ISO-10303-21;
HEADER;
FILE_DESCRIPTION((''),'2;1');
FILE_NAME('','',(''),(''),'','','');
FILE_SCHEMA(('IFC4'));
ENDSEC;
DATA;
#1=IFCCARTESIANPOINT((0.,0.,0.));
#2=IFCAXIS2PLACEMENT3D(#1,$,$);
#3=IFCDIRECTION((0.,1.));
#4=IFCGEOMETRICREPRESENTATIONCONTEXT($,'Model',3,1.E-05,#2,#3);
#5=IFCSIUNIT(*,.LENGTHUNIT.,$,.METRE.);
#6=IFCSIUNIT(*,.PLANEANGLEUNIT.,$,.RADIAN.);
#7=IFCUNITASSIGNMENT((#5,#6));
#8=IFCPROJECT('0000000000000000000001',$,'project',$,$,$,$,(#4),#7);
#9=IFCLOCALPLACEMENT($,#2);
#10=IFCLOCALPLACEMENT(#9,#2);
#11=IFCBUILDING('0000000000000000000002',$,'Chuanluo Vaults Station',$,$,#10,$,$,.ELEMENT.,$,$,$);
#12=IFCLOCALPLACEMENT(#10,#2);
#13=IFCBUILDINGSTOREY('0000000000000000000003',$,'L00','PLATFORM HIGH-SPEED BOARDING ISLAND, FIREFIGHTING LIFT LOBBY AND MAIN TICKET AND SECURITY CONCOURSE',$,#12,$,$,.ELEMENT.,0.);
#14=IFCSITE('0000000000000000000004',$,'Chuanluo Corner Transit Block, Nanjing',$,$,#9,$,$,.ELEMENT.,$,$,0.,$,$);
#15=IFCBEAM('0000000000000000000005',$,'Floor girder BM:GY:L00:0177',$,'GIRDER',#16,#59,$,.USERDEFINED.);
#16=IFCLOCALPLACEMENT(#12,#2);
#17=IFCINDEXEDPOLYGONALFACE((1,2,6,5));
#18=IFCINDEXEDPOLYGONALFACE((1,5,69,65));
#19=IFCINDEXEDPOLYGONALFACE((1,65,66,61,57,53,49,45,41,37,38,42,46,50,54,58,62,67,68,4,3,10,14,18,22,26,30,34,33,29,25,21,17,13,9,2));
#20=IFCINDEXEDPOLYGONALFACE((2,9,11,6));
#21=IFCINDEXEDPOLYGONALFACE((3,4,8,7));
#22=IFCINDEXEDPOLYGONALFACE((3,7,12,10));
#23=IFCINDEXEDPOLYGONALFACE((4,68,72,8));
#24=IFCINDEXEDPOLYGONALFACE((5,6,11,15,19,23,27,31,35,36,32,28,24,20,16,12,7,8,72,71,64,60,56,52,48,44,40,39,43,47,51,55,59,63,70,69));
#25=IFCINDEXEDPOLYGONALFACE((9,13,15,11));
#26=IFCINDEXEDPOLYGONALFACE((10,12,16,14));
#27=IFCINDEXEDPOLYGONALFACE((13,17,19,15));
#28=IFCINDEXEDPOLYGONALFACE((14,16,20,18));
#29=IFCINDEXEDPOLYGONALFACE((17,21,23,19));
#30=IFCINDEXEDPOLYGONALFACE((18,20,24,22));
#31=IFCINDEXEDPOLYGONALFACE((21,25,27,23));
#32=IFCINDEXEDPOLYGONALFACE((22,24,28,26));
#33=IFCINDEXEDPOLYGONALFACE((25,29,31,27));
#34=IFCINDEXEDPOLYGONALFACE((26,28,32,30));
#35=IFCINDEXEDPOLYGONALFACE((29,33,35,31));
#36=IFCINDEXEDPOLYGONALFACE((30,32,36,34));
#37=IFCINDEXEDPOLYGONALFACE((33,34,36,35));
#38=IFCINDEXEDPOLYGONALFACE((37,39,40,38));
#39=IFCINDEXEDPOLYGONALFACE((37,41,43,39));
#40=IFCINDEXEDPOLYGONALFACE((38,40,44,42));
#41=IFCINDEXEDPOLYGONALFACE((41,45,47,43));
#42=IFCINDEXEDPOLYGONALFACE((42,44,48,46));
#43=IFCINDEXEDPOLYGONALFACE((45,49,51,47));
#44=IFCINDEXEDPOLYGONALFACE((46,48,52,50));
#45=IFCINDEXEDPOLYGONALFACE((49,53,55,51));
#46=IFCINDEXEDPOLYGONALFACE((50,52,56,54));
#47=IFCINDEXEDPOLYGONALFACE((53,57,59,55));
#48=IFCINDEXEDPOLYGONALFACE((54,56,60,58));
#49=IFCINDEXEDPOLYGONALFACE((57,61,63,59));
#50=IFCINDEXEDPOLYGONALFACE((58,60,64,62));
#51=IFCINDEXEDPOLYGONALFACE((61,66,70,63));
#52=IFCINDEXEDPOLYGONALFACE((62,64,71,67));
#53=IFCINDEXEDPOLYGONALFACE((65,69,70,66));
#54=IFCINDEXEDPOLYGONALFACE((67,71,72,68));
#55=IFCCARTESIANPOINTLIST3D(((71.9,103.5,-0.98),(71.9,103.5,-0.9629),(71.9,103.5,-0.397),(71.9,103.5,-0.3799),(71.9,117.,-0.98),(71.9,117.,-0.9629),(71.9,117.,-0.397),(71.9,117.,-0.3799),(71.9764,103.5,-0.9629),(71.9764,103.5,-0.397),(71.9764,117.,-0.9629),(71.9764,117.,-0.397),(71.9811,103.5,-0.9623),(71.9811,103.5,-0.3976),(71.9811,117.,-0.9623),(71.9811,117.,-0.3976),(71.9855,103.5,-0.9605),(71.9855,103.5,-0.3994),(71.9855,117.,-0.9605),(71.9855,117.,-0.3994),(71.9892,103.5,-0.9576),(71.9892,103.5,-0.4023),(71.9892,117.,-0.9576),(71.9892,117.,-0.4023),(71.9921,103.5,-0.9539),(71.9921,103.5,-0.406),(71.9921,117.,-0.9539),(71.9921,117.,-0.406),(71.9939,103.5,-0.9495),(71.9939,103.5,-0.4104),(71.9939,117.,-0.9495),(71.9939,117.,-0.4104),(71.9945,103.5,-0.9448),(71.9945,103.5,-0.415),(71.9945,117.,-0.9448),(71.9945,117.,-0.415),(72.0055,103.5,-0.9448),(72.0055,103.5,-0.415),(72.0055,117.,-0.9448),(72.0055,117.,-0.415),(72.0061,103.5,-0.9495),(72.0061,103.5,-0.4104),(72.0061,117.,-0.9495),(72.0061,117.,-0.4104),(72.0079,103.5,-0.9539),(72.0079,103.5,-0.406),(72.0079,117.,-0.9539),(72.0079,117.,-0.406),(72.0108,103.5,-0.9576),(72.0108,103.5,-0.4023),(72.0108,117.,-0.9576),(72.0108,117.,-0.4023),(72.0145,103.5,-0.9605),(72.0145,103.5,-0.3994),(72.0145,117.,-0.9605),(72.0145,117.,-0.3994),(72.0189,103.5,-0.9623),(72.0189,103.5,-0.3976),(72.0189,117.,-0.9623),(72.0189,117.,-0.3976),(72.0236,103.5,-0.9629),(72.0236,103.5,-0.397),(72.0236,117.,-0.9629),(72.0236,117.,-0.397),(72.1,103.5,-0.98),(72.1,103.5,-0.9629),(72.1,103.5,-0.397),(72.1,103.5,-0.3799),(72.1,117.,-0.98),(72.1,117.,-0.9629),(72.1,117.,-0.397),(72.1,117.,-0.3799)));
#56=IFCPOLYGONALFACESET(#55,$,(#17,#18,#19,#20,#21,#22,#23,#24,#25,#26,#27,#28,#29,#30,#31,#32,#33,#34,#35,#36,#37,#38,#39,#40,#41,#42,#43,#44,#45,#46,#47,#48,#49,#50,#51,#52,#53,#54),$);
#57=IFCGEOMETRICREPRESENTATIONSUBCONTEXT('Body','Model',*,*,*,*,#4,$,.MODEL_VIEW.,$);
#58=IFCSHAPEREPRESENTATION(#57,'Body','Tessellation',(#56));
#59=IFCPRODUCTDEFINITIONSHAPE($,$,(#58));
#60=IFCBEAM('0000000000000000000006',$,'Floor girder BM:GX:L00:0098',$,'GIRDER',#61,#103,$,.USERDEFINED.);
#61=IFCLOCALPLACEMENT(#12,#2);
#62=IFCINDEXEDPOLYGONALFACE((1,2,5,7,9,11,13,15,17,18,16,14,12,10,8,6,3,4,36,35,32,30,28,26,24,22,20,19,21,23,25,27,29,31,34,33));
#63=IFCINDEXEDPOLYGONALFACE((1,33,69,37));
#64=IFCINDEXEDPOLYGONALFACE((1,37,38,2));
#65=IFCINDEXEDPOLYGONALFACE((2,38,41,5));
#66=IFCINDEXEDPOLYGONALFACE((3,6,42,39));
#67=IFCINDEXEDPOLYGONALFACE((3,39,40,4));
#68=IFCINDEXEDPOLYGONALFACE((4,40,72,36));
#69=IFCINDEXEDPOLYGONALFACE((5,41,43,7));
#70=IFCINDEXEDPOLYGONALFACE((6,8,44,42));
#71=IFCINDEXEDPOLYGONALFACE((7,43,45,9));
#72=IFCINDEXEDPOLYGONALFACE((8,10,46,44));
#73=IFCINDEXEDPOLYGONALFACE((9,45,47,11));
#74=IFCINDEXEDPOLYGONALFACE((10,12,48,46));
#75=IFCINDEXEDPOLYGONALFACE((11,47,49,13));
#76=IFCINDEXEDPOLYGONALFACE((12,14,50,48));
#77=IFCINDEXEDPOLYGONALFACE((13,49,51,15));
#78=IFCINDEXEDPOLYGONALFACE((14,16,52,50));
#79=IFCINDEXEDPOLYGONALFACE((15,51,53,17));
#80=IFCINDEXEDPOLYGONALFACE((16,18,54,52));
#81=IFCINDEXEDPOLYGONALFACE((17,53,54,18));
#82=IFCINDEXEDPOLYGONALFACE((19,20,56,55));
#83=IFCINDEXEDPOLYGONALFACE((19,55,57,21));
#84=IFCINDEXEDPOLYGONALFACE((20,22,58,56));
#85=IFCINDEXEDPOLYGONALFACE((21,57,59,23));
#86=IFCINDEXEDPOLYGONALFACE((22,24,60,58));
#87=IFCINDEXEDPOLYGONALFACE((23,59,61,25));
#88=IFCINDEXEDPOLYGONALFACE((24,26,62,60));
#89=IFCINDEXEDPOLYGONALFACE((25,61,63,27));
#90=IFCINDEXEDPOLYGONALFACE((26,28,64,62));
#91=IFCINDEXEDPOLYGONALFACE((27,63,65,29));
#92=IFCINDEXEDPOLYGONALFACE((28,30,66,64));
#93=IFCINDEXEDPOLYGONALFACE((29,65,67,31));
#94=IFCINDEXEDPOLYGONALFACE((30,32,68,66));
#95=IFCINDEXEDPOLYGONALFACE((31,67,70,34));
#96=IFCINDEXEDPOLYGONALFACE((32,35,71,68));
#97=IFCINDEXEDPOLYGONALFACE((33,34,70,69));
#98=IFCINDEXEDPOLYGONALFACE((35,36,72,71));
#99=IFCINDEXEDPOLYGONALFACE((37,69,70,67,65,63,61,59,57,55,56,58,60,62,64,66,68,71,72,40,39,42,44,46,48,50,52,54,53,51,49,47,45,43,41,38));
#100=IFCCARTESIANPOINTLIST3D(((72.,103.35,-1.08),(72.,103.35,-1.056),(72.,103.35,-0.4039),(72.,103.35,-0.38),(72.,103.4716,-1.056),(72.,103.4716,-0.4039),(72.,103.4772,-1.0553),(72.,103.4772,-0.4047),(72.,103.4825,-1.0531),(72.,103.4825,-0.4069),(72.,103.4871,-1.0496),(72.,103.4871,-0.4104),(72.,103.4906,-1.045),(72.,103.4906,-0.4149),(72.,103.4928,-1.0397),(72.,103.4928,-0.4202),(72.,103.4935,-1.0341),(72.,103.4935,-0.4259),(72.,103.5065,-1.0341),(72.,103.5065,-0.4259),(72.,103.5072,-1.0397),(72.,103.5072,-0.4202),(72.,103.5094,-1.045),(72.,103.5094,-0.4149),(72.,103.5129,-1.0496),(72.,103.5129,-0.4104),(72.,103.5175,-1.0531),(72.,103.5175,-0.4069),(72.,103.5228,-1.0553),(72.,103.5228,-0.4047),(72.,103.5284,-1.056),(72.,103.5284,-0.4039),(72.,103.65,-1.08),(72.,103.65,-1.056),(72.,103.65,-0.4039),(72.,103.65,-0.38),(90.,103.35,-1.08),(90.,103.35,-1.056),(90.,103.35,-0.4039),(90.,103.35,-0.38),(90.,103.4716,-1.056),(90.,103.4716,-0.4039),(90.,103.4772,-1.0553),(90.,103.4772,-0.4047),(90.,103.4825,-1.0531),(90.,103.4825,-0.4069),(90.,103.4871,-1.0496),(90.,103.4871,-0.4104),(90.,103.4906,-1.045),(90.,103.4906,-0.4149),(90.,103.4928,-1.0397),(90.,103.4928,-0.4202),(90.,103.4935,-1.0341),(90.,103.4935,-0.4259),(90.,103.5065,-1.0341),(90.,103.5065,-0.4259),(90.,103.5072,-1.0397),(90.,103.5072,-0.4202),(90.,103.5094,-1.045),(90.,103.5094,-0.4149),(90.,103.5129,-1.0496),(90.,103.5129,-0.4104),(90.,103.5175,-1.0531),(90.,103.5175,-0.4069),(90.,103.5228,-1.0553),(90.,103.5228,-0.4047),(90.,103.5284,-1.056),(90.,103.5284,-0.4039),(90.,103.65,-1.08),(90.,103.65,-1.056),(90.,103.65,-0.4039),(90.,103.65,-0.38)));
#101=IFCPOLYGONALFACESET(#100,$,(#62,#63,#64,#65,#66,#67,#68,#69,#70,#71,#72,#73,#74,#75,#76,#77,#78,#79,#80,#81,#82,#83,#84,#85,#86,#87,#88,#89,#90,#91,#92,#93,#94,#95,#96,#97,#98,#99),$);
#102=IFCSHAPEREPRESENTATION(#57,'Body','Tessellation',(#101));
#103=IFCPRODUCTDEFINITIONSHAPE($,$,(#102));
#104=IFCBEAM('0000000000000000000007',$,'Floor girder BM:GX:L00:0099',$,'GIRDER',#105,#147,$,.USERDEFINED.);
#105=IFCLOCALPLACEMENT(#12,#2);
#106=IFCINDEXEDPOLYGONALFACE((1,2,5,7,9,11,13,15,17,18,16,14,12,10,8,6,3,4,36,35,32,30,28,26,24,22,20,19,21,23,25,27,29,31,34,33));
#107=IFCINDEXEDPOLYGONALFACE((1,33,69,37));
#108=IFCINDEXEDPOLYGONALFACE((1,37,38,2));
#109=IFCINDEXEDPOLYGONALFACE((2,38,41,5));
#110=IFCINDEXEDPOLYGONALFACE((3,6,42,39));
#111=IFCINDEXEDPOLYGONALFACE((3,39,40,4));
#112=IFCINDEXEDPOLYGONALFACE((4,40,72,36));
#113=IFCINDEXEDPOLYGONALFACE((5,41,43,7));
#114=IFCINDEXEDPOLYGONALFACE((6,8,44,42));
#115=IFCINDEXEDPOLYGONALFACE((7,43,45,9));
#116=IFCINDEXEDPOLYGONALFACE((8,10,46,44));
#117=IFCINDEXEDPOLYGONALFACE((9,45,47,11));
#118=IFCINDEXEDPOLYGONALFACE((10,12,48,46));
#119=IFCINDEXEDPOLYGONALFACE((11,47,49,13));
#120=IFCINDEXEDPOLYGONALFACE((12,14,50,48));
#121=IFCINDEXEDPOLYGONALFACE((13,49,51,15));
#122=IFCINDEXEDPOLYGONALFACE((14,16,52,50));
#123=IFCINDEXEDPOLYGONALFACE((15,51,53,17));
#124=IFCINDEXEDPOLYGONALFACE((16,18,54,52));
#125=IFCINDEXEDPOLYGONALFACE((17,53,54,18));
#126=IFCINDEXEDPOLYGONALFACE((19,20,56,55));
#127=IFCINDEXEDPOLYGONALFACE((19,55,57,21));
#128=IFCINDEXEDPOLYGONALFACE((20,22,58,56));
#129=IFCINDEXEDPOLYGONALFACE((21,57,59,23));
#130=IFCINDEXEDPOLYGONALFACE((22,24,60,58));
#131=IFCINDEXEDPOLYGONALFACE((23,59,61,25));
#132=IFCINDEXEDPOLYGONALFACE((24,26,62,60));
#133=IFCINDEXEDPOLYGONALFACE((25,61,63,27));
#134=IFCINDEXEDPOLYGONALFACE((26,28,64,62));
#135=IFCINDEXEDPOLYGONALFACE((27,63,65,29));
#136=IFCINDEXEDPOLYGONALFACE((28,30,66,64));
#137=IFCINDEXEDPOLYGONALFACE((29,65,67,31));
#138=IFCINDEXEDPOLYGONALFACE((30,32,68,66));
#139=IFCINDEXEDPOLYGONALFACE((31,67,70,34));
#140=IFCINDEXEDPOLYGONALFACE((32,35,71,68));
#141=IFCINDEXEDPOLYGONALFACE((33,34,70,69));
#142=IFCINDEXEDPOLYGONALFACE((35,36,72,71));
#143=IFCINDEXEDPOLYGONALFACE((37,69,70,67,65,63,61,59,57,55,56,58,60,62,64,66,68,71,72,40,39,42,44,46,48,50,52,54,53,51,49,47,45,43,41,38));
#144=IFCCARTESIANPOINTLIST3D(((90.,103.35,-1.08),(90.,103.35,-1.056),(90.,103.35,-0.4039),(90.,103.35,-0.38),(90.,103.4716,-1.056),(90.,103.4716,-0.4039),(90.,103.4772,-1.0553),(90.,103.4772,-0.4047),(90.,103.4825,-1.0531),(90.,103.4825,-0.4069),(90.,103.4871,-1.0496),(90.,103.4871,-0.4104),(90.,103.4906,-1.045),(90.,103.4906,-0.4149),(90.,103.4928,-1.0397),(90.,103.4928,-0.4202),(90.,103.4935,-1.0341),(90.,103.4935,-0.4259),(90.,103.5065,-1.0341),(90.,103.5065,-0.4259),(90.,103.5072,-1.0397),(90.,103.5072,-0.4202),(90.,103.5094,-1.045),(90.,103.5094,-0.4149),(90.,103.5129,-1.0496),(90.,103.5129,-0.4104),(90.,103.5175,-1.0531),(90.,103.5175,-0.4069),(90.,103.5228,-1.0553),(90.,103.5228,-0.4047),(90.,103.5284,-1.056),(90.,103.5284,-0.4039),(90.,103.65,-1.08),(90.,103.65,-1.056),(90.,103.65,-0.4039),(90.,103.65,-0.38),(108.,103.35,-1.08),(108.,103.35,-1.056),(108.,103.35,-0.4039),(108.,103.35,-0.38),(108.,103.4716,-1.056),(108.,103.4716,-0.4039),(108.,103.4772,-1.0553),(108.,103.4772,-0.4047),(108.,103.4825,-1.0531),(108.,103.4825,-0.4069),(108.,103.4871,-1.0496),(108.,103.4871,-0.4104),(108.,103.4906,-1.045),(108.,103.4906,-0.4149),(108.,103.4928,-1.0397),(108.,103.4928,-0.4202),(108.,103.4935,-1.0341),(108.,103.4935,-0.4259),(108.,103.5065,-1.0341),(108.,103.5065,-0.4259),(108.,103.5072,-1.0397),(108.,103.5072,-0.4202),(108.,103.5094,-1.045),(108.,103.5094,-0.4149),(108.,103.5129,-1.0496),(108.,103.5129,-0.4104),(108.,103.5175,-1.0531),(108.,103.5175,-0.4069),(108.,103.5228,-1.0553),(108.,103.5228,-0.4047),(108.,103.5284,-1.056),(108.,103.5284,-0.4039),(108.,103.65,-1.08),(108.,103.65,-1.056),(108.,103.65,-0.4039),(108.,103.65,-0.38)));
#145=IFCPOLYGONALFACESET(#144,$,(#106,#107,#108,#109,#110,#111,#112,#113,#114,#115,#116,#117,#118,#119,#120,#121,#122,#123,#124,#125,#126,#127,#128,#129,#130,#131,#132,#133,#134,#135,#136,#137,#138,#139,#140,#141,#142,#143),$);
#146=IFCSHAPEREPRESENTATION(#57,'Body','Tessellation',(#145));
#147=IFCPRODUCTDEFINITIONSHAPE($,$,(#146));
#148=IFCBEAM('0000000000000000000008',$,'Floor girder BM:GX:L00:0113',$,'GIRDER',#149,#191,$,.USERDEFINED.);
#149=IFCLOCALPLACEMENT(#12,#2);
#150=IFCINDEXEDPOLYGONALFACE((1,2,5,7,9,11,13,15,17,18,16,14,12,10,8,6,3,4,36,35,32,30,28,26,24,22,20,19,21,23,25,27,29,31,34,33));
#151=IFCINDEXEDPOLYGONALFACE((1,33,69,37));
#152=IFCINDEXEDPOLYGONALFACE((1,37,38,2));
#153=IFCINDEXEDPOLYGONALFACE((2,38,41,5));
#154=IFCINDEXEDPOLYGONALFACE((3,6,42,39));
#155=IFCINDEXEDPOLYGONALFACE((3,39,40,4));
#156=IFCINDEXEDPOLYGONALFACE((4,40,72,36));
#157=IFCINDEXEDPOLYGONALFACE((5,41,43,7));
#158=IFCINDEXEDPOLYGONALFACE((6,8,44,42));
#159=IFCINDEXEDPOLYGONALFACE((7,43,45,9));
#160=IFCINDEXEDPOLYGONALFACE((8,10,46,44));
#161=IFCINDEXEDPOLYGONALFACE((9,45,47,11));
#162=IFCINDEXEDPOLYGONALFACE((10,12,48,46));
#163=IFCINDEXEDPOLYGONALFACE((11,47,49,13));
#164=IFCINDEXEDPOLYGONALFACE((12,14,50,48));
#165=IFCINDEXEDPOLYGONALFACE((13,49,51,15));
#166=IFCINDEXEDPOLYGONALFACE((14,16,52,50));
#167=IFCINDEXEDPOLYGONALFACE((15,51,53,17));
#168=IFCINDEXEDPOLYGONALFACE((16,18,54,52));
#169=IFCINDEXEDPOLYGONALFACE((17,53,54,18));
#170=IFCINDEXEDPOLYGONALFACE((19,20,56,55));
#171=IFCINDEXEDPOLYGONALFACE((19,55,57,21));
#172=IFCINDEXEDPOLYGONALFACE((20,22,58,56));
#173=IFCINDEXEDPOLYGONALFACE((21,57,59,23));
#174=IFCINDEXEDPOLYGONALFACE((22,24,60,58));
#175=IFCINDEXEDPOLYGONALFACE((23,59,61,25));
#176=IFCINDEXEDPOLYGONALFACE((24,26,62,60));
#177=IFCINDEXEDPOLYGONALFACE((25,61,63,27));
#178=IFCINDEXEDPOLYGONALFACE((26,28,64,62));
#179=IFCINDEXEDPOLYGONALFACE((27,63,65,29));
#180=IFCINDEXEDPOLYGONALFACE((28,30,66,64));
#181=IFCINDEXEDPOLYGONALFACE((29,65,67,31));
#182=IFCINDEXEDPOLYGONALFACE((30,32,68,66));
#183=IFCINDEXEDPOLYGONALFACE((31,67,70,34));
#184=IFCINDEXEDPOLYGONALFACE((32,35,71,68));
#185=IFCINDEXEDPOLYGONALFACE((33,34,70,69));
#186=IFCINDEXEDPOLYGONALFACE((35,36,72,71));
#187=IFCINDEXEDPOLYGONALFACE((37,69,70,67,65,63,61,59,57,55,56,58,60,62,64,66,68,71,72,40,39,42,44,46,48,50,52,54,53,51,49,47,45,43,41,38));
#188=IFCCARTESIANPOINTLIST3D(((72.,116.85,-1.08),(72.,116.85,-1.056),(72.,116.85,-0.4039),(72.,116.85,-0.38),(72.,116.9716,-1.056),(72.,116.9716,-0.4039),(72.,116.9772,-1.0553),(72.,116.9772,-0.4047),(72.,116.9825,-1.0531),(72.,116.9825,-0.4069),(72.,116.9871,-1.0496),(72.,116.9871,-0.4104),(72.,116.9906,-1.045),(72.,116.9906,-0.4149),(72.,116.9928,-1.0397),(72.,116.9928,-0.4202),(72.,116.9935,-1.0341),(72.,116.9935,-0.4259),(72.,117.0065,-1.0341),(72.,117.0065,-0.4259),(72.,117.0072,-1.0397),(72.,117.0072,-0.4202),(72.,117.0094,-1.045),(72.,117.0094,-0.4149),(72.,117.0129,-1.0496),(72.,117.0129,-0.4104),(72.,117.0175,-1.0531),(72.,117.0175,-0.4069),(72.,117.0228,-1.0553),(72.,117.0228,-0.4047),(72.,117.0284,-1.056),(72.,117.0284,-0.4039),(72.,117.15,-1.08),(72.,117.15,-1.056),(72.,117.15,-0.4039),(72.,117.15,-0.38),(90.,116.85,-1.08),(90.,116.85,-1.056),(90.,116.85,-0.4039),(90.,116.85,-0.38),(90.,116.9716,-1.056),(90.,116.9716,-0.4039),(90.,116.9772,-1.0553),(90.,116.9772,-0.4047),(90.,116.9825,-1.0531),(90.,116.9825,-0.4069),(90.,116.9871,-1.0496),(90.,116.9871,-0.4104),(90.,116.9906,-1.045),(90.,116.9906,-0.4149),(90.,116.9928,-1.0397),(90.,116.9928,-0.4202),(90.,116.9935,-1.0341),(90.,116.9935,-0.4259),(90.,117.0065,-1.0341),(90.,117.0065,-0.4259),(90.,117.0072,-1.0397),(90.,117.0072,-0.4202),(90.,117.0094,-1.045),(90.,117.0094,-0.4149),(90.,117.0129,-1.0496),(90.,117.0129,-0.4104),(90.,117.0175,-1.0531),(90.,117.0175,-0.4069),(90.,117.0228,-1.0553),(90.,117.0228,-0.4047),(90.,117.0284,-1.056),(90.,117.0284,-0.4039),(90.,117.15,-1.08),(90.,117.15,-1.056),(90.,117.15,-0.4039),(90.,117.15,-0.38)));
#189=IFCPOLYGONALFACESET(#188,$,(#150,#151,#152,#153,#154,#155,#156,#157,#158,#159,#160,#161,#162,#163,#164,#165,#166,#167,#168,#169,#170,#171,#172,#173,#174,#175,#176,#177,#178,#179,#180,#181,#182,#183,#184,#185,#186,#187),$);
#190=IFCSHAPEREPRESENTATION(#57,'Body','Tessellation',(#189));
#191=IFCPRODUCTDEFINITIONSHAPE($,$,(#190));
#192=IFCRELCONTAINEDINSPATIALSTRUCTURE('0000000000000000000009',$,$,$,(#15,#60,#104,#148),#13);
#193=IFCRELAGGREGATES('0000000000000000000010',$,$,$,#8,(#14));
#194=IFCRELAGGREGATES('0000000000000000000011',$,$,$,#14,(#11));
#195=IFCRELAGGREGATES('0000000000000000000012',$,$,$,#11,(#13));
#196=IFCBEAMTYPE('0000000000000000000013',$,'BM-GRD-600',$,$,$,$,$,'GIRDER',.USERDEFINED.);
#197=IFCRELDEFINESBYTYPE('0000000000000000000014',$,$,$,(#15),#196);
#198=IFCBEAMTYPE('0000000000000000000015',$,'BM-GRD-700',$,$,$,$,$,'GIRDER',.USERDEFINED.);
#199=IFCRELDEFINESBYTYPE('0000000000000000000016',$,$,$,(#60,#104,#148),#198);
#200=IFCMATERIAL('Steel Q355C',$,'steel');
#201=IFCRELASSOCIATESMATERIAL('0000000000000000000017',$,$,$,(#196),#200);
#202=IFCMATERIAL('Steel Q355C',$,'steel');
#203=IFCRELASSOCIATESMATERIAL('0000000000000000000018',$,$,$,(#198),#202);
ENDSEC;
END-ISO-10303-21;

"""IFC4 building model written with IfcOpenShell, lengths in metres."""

from ifc_helpers import new_model, si_unit, direction, frame, origin, origin_2d, place, context, subcontext, project, spatial, i_section, extrude, material, material_profile, profile_set, type_object, element, save


model = new_model("IFC4")

# Units and contexts
model_context = context("Model", 3, precision=1e-05, world=origin(), true_north=direction((0.0, 1.0)))
body_context = subcontext(model_context, "Body", "Model", "MODEL_VIEW")
ifc_project = project(units=[si_unit("LENGTHUNIT", "METRE"), si_unit("PLANEANGLEUNIT", "RADIAN")], contexts=[model_context])

# Site, building, storey
site_placement = place(None, origin())
site = spatial("IfcSite", under=ifc_project, at=site_placement, Name="Chuanluo Corner Transit Block, Nanjing", CompositionType="ELEMENT", RefElevation=0.0)
building_placement = place(site_placement, origin())
building = spatial("IfcBuilding", under=site, at=building_placement, Name="Chuanluo Vaults Station", CompositionType="ELEMENT")
storey_placement = place(building_placement, origin())
storey = spatial("IfcBuildingStorey", under=building, at=storey_placement, Name="L00", Description="PLATFORM HIGH-SPEED BOARDING ISLAND, FIREFIGHTING LIFT LOBBY AND MAIN TICKET AND SECURITY CONCOURSE", CompositionType="ELEMENT", Elevation=0.0)

# Beams
ifc_material_1 = material(Name="Steel Q355C", Category="steel")
ifc_material_profile_1 = material_profile(ifc_material_1, i_section(OverallWidth=0.2, OverallDepth=0.6001, WebThickness=0.011, FlangeThickness=0.0171, FilletRadius=0.0181, at=origin_2d()))
ifc_profile_set_1 = profile_set([ifc_material_profile_1], Name="Steel Q355C")
beam_type_1 = type_object("IfcBeamType", Name="BM-GRD-600", ElementType="GIRDER", PredefinedType="USERDEFINED", material=ifc_profile_set_1)
beam_1_placement = place(storey_placement, frame((72.0, 103.5, -0.6799), z_axis=(0.0, 1.0, 0.0), x_axis=(-1.0, 0.0, 0.0)))
element("IfcBeam", 1, at=beam_1_placement, inside=storey, type_object=beam_type_1, Name="Floor girder BM:GY:L00:0177", ObjectType="GIRDER", PredefinedType="USERDEFINED", context=body_context, shape_type="SweptSolid", body=[
    extrude(i_section(OverallWidth=0.2, OverallDepth=0.6001, WebThickness=0.011, FlangeThickness=0.0171, FilletRadius=0.0181, at=origin_2d()), origin(), (0.0, 0.0, 1.0), 13.5),
])
ifc_material_2 = material(Name="Steel Q355C", Category="steel")
ifc_material_profile_2 = material_profile(ifc_material_2, i_section(OverallWidth=0.3, OverallDepth=0.7, WebThickness=0.0129, FlangeThickness=0.0239, FilletRadius=0.022, at=origin_2d()))
ifc_profile_set_2 = profile_set([ifc_material_profile_2], Name="Steel Q355C")
beam_type_2 = type_object("IfcBeamType", Name="BM-GRD-700", ElementType="GIRDER", PredefinedType="USERDEFINED", material=ifc_profile_set_2)
for number, where, z_axis, x_axis, name in (
    (2, (72.0, 103.5, -0.73), (1.0, 0.0, 0.0), (0.0, 1.0, 0.0), "Floor girder BM:GX:L00:0098"),
    (3, (90.0, 103.5, -0.73), (1.0, 0.0, 0.0), (0.0, 1.0, 0.0), "Floor girder BM:GX:L00:0099"),
    (4, (72.0, 117.0, -0.73), (1.0, 0.0, 0.0), (0.0, 1.0, 0.0), "Floor girder BM:GX:L00:0113"),
):
    element("IfcBeam", number, at=place(storey_placement, frame(where, z_axis=z_axis, x_axis=x_axis)), inside=storey, type_object=beam_type_2, Name=name, ObjectType="GIRDER", PredefinedType="USERDEFINED", context=body_context, shape_type="SweptSolid", body=[
        extrude(i_section(OverallWidth=0.3, OverallDepth=0.7, WebThickness=0.0129, FlangeThickness=0.0239, FilletRadius=0.022, at=origin_2d()), origin(), (0.0, 0.0, 1.0), 18.0),
    ])

save(model, "model.ifc")
